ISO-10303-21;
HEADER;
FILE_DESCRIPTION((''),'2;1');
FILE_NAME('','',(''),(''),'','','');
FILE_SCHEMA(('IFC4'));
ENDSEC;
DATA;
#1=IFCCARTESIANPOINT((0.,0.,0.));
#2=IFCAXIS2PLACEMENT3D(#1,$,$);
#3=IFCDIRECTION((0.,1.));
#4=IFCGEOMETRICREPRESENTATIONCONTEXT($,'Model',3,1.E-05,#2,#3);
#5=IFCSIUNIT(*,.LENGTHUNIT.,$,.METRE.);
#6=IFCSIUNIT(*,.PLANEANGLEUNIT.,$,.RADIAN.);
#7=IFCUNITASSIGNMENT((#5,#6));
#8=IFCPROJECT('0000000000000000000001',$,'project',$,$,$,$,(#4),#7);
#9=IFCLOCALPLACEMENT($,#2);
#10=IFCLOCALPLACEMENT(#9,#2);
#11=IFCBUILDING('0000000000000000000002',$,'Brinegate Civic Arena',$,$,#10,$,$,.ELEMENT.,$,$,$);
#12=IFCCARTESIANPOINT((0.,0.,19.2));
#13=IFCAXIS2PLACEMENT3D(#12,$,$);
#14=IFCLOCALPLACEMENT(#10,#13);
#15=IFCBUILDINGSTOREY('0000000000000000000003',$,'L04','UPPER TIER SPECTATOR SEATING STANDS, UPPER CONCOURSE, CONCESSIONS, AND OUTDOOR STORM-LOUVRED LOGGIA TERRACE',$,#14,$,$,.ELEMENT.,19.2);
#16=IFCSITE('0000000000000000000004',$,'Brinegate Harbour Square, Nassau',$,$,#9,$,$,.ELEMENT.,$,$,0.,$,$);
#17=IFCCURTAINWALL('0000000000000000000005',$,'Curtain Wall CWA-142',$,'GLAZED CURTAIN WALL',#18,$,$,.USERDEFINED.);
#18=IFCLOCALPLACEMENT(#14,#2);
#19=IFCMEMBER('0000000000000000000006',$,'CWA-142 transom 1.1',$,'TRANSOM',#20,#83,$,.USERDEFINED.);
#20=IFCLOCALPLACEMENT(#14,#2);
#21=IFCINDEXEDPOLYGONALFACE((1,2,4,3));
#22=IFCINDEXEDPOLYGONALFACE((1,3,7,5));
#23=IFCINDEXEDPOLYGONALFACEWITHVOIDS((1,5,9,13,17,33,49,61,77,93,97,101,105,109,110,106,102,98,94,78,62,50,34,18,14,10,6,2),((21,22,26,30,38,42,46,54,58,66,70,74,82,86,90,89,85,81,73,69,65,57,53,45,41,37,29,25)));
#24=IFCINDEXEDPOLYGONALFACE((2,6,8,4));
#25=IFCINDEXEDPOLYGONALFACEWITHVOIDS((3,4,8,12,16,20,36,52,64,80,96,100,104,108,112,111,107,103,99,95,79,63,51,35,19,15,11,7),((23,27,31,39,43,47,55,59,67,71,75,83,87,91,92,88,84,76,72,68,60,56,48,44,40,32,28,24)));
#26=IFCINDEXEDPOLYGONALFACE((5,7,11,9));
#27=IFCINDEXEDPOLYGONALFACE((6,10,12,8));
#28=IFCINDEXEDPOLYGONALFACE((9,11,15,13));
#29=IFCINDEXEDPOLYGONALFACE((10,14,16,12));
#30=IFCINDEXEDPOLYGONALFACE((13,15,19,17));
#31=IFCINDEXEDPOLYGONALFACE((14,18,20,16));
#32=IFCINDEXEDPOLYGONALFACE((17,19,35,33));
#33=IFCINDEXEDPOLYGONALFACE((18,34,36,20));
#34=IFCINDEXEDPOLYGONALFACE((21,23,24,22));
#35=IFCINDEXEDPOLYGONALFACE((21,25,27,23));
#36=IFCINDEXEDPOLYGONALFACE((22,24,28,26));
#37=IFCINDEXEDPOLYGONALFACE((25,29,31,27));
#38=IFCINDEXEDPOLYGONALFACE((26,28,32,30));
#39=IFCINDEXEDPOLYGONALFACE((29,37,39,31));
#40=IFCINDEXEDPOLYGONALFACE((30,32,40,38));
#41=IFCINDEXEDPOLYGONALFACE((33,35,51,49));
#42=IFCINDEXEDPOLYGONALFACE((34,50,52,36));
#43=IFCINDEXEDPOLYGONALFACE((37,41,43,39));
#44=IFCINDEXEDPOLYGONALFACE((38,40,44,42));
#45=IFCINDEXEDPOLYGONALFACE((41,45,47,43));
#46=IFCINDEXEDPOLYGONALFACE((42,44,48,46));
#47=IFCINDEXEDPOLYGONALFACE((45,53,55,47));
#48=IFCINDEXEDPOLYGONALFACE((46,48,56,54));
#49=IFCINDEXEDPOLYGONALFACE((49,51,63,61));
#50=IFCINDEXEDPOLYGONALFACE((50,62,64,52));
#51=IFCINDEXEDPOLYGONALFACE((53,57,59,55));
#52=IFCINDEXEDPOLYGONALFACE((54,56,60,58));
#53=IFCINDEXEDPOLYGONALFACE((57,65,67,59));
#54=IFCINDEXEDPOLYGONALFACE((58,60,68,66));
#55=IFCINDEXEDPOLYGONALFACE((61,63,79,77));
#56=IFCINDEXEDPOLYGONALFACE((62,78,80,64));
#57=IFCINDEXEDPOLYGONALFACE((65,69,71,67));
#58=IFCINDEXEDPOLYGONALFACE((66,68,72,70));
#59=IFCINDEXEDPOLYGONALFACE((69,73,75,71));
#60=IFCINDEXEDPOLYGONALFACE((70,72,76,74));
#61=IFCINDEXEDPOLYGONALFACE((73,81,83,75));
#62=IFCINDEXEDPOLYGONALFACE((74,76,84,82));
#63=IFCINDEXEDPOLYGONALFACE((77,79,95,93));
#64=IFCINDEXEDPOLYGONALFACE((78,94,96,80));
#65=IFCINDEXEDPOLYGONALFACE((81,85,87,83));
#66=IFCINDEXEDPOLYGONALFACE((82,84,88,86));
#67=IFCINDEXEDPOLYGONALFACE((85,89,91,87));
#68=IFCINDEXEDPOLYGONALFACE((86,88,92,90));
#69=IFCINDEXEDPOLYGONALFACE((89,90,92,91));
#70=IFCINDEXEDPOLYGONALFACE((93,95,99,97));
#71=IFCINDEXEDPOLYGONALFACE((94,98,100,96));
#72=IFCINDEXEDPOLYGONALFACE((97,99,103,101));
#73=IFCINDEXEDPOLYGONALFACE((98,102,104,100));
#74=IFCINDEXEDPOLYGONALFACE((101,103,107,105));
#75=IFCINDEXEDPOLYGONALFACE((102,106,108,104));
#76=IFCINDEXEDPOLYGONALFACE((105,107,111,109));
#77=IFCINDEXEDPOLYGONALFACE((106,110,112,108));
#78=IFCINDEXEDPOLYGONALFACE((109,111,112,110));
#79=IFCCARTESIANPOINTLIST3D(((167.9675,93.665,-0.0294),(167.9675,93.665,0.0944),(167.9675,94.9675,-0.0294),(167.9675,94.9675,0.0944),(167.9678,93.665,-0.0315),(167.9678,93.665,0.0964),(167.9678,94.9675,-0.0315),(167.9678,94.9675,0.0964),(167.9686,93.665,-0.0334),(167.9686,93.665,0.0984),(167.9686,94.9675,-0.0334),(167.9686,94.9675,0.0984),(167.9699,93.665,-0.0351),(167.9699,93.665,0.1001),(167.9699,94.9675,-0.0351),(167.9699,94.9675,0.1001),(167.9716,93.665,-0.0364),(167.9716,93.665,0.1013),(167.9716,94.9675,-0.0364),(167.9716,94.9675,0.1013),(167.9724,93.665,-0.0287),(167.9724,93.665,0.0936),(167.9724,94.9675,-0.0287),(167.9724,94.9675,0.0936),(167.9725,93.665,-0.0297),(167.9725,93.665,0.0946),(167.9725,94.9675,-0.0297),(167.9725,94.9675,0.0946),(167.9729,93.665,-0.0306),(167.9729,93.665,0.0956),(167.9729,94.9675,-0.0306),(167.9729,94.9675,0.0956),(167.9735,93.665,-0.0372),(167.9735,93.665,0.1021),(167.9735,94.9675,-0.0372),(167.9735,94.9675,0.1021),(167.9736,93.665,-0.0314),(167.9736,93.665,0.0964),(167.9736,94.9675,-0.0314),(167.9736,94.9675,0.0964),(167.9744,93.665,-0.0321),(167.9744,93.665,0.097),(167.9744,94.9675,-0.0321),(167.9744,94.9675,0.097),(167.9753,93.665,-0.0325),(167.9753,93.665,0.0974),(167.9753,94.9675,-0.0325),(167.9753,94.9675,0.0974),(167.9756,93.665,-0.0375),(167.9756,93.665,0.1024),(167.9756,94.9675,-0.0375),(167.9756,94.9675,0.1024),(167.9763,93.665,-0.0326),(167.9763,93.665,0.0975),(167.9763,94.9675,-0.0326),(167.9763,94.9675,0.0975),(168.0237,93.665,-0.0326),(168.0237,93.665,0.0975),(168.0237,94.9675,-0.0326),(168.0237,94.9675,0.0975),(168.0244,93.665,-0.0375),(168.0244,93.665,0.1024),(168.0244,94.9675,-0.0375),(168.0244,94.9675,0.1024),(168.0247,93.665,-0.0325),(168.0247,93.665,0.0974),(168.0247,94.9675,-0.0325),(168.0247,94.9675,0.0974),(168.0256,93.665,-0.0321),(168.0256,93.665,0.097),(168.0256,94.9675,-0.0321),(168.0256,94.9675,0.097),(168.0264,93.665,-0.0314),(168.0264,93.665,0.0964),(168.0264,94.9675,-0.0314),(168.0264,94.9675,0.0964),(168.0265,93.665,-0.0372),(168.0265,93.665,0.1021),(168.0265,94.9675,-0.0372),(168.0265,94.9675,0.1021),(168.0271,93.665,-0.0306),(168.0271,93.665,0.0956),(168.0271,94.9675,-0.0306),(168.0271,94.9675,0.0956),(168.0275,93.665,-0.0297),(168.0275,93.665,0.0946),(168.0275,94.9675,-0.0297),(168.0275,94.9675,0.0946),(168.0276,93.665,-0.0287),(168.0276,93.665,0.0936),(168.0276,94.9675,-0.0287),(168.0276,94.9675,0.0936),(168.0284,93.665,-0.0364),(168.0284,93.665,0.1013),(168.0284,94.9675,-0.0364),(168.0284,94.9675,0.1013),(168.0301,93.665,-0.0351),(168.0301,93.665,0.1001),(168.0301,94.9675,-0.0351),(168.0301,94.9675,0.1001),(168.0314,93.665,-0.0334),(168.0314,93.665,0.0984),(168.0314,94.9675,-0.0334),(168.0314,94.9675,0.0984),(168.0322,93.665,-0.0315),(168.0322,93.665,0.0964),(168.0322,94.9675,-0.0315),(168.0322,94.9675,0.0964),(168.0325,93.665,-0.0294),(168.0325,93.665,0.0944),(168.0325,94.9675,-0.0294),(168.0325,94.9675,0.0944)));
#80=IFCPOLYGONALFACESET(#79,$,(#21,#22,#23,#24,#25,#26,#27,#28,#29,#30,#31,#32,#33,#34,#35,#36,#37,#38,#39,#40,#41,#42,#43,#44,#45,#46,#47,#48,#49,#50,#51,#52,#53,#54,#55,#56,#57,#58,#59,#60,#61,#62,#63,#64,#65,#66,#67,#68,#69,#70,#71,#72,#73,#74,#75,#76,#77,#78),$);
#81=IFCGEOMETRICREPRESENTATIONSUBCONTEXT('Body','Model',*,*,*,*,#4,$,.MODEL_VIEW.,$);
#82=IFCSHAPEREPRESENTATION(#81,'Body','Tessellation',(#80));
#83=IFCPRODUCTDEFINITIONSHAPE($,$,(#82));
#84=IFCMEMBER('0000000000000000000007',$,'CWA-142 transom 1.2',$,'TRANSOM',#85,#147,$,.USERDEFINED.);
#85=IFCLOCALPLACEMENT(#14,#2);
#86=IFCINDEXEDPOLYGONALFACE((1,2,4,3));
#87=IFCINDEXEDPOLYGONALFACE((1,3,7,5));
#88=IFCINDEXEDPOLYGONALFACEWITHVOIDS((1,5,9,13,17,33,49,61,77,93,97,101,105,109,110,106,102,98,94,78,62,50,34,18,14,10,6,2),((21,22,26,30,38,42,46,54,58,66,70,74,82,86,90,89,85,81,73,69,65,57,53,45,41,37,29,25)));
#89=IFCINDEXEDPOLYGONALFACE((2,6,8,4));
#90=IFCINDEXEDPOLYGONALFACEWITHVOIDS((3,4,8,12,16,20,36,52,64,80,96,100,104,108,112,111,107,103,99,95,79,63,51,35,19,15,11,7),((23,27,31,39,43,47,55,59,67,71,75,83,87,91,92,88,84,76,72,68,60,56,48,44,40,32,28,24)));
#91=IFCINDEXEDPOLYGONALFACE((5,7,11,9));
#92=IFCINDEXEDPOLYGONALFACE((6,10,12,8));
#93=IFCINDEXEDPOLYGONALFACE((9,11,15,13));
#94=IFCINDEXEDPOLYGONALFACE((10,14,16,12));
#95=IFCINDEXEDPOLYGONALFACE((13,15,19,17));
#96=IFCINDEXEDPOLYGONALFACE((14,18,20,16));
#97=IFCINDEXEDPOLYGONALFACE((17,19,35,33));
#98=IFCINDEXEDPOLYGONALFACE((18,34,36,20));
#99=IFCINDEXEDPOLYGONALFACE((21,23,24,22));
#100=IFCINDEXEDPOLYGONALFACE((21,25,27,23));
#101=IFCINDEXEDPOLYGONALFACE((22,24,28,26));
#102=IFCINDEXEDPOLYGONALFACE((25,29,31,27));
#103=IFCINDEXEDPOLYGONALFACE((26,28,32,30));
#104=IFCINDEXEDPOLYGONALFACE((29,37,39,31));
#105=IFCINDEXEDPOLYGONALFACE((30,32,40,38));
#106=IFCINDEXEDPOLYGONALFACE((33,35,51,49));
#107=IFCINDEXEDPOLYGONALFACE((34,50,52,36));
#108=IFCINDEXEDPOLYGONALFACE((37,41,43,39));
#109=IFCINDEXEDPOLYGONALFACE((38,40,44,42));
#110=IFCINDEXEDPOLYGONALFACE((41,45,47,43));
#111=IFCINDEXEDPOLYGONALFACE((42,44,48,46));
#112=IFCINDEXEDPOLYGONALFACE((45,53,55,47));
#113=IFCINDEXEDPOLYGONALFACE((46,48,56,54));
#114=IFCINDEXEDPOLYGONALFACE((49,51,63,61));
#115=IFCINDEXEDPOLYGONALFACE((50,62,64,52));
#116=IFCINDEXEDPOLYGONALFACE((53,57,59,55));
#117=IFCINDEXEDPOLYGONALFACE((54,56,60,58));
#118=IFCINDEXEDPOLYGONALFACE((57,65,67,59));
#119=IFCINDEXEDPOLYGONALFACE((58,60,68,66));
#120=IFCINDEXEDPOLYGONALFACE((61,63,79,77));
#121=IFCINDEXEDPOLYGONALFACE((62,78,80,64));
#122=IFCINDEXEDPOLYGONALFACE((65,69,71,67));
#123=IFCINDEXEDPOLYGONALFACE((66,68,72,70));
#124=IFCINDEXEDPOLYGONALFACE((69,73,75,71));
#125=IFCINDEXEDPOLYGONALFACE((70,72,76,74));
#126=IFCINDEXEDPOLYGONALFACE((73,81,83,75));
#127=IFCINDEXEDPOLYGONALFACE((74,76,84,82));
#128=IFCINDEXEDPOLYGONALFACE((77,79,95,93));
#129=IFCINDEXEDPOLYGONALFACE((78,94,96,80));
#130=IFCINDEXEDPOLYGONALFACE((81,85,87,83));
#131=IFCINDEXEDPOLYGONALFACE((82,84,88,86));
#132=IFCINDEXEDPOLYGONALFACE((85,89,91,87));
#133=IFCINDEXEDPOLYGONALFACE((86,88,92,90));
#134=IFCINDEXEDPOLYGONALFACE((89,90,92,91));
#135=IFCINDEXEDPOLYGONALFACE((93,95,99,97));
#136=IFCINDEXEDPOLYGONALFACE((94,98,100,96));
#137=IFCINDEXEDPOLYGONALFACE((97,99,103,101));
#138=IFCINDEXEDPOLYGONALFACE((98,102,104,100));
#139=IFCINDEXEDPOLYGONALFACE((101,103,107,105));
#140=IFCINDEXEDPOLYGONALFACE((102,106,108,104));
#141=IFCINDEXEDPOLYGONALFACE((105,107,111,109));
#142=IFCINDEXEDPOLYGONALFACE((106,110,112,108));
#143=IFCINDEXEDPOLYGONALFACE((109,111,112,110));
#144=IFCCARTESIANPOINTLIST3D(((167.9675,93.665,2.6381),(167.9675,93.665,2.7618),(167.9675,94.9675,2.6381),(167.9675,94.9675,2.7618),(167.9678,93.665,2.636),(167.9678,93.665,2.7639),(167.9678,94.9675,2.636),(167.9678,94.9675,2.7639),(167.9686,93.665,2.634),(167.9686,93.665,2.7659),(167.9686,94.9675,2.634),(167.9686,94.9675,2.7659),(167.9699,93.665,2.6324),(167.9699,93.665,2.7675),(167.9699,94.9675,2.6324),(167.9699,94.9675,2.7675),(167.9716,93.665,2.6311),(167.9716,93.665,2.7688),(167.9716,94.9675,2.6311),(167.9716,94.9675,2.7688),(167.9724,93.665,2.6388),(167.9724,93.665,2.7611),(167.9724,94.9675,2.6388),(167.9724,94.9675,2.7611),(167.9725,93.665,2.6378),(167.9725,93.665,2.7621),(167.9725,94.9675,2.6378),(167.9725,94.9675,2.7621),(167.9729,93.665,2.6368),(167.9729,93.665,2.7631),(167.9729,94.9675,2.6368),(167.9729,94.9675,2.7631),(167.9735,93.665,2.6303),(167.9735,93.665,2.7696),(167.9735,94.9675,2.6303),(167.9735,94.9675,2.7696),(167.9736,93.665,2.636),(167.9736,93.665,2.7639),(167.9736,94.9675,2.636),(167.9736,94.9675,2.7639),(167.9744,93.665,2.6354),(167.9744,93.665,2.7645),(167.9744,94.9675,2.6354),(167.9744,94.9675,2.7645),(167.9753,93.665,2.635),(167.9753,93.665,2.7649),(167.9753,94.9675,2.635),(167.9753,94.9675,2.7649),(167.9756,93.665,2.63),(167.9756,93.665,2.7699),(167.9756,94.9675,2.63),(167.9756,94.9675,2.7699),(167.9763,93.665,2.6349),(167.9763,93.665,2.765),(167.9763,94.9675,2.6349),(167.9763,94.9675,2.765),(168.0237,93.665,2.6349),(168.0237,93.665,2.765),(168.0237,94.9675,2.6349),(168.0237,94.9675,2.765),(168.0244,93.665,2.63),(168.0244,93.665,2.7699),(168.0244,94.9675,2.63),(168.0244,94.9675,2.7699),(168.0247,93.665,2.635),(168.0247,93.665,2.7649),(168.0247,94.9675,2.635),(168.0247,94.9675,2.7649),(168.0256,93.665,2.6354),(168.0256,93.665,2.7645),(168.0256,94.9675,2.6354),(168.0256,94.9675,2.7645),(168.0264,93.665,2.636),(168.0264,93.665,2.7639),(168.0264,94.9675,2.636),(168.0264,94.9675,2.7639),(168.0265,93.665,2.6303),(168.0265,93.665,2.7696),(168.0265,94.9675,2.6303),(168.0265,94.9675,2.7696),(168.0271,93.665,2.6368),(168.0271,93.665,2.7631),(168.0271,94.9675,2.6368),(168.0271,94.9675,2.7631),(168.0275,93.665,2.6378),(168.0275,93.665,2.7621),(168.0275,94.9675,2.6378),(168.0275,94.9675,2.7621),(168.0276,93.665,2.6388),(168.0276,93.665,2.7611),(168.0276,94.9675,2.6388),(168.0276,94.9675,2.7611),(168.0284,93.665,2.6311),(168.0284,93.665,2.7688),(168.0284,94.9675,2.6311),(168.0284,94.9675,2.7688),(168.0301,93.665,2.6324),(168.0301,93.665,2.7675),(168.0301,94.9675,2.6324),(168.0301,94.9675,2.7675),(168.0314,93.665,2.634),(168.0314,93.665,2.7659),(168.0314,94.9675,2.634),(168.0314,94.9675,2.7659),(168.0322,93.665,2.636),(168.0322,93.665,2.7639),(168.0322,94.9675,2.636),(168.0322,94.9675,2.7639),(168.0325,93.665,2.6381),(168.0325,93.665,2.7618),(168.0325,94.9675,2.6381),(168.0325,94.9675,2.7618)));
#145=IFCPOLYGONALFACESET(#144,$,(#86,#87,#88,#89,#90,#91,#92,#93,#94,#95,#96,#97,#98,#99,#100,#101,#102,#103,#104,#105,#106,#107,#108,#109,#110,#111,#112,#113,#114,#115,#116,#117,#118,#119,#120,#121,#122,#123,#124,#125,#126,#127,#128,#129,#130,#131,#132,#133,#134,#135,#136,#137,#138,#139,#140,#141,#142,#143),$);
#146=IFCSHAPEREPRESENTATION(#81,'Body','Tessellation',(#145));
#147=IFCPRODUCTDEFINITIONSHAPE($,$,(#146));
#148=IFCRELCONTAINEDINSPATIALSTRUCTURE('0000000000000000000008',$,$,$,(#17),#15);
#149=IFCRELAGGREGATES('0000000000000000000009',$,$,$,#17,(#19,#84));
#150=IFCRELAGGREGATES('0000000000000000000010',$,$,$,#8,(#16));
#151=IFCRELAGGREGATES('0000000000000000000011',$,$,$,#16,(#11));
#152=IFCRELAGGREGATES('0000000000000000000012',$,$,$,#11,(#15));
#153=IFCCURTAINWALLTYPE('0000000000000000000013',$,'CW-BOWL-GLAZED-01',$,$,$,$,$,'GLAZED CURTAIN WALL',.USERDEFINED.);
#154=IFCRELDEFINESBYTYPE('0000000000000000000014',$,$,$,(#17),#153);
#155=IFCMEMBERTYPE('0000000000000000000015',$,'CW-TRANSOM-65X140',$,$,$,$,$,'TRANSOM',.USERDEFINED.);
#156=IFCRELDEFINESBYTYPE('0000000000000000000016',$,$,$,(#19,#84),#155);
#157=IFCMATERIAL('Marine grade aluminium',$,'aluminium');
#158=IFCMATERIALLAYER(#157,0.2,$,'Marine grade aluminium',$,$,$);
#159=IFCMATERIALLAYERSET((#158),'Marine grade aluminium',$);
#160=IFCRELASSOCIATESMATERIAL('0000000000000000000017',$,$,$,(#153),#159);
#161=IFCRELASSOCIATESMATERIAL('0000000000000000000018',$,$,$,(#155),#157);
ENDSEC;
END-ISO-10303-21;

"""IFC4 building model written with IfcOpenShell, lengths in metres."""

from ifc_helpers import new_model, si_unit, direction, frame, origin, origin_2d, place, context, subcontext, project, spatial, hollow_rectangle, extrude, material, layer, layer_set, material_profile, profile_set, type_object, element, aggregate, save


model = new_model("IFC4")

# Units and contexts
model_context = context("Model", 3, precision=1e-05, world=origin(), true_north=direction((0.0, 1.0)))
body_context = subcontext(model_context, "Body", "Model", "MODEL_VIEW")
ifc_project = project(units=[si_unit("LENGTHUNIT", "METRE"), si_unit("PLANEANGLEUNIT", "RADIAN")], contexts=[model_context])

# Site, building, storey
site_placement = place(None, origin())
site = spatial("IfcSite", under=ifc_project, at=site_placement, Name="Brinegate Harbour Square, Nassau", CompositionType="ELEMENT", RefElevation=0.0)
building_placement = place(site_placement, origin())
building = spatial("IfcBuilding", under=site, at=building_placement, Name="Brinegate Civic Arena", CompositionType="ELEMENT")
storey_placement = place(building_placement, frame((0.0, 0.0, 19.2)))
storey = spatial("IfcBuildingStorey", under=building, at=storey_placement, Name="L04", Description="UPPER TIER SPECTATOR SEATING STANDS, UPPER CONCOURSE, CONCESSIONS, AND OUTDOOR STORM-LOUVRED LOGGIA TERRACE", CompositionType="ELEMENT", Elevation=19.2)

# Curtain wall, members
ifc_material_1 = material(Name="Marine grade aluminium", Category="aluminium")
ifc_layer_1 = layer(ifc_material_1, 0.2, Name="Marine grade aluminium")
ifc_layer_set_1 = layer_set([ifc_layer_1], Name="Marine grade aluminium")
curtain_wall_type = type_object("IfcCurtainWallType", Name="CW-BOWL-GLAZED-01", ElementType="GLAZED CURTAIN WALL", PredefinedType="USERDEFINED", material=ifc_layer_set_1)
curtain_wall_placement = place(storey_placement, origin())
curtain_wall = element("IfcCurtainWall", 1, at=curtain_wall_placement, inside=storey, type_object=curtain_wall_type, Name="Curtain Wall CWA-142", ObjectType="GLAZED CURTAIN WALL", PredefinedType="USERDEFINED")
ifc_material_profile_1 = material_profile(ifc_material_1, hollow_rectangle(XDim=0.0649, YDim=0.1399, WallThickness=0.0049, InnerFilletRadius=0.0039, OuterFilletRadius=0.0081, at=origin_2d()), Name="TRN65X140")
ifc_profile_set_1 = profile_set([ifc_material_profile_1], Name="Marine grade aluminium")
member_type_1 = type_object("IfcMemberType", Name="CW-TRANSOM-65X140", ElementType="TRANSOM", PredefinedType="USERDEFINED", material=ifc_profile_set_1)
member_1_placement = place(storey_placement, frame((168.0, 93.665, 0.0325), z_axis=(0.0, 1.0, 0.0), x_axis=(-1.0, 0.0, 0.0)))
member_1 = element("IfcMember", 2, at=member_1_placement, type_object=member_type_1, Name="CWA-142 transom 1.1", ObjectType="TRANSOM", PredefinedType="USERDEFINED", context=body_context, shape_type="SweptSolid", body=[
    extrude(hollow_rectangle(XDim=0.0649, YDim=0.1399, WallThickness=0.0049, InnerFilletRadius=0.0039, OuterFilletRadius=0.0081, at=origin_2d()), origin(), (0.0, 0.0, 1.0), 1.3025),
])
member_2_placement = place(storey_placement, frame((168.0, 93.665, 2.7), z_axis=(0.0, 1.0, 0.0), x_axis=(-1.0, 0.0, 0.0)))
member_2 = element("IfcMember", 3, at=member_2_placement, type_object=member_type_1, Name="CWA-142 transom 1.2", ObjectType="TRANSOM", PredefinedType="USERDEFINED", context=body_context, shape_type="SweptSolid", body=[
    extrude(hollow_rectangle(XDim=0.0649, YDim=0.1399, WallThickness=0.0049, InnerFilletRadius=0.0039, OuterFilletRadius=0.0081, at=origin_2d()), origin(), (0.0, 0.0, 1.0), 1.3025),
])
aggregate(curtain_wall, [member_1, member_2])

save(model, "model.ifc")
